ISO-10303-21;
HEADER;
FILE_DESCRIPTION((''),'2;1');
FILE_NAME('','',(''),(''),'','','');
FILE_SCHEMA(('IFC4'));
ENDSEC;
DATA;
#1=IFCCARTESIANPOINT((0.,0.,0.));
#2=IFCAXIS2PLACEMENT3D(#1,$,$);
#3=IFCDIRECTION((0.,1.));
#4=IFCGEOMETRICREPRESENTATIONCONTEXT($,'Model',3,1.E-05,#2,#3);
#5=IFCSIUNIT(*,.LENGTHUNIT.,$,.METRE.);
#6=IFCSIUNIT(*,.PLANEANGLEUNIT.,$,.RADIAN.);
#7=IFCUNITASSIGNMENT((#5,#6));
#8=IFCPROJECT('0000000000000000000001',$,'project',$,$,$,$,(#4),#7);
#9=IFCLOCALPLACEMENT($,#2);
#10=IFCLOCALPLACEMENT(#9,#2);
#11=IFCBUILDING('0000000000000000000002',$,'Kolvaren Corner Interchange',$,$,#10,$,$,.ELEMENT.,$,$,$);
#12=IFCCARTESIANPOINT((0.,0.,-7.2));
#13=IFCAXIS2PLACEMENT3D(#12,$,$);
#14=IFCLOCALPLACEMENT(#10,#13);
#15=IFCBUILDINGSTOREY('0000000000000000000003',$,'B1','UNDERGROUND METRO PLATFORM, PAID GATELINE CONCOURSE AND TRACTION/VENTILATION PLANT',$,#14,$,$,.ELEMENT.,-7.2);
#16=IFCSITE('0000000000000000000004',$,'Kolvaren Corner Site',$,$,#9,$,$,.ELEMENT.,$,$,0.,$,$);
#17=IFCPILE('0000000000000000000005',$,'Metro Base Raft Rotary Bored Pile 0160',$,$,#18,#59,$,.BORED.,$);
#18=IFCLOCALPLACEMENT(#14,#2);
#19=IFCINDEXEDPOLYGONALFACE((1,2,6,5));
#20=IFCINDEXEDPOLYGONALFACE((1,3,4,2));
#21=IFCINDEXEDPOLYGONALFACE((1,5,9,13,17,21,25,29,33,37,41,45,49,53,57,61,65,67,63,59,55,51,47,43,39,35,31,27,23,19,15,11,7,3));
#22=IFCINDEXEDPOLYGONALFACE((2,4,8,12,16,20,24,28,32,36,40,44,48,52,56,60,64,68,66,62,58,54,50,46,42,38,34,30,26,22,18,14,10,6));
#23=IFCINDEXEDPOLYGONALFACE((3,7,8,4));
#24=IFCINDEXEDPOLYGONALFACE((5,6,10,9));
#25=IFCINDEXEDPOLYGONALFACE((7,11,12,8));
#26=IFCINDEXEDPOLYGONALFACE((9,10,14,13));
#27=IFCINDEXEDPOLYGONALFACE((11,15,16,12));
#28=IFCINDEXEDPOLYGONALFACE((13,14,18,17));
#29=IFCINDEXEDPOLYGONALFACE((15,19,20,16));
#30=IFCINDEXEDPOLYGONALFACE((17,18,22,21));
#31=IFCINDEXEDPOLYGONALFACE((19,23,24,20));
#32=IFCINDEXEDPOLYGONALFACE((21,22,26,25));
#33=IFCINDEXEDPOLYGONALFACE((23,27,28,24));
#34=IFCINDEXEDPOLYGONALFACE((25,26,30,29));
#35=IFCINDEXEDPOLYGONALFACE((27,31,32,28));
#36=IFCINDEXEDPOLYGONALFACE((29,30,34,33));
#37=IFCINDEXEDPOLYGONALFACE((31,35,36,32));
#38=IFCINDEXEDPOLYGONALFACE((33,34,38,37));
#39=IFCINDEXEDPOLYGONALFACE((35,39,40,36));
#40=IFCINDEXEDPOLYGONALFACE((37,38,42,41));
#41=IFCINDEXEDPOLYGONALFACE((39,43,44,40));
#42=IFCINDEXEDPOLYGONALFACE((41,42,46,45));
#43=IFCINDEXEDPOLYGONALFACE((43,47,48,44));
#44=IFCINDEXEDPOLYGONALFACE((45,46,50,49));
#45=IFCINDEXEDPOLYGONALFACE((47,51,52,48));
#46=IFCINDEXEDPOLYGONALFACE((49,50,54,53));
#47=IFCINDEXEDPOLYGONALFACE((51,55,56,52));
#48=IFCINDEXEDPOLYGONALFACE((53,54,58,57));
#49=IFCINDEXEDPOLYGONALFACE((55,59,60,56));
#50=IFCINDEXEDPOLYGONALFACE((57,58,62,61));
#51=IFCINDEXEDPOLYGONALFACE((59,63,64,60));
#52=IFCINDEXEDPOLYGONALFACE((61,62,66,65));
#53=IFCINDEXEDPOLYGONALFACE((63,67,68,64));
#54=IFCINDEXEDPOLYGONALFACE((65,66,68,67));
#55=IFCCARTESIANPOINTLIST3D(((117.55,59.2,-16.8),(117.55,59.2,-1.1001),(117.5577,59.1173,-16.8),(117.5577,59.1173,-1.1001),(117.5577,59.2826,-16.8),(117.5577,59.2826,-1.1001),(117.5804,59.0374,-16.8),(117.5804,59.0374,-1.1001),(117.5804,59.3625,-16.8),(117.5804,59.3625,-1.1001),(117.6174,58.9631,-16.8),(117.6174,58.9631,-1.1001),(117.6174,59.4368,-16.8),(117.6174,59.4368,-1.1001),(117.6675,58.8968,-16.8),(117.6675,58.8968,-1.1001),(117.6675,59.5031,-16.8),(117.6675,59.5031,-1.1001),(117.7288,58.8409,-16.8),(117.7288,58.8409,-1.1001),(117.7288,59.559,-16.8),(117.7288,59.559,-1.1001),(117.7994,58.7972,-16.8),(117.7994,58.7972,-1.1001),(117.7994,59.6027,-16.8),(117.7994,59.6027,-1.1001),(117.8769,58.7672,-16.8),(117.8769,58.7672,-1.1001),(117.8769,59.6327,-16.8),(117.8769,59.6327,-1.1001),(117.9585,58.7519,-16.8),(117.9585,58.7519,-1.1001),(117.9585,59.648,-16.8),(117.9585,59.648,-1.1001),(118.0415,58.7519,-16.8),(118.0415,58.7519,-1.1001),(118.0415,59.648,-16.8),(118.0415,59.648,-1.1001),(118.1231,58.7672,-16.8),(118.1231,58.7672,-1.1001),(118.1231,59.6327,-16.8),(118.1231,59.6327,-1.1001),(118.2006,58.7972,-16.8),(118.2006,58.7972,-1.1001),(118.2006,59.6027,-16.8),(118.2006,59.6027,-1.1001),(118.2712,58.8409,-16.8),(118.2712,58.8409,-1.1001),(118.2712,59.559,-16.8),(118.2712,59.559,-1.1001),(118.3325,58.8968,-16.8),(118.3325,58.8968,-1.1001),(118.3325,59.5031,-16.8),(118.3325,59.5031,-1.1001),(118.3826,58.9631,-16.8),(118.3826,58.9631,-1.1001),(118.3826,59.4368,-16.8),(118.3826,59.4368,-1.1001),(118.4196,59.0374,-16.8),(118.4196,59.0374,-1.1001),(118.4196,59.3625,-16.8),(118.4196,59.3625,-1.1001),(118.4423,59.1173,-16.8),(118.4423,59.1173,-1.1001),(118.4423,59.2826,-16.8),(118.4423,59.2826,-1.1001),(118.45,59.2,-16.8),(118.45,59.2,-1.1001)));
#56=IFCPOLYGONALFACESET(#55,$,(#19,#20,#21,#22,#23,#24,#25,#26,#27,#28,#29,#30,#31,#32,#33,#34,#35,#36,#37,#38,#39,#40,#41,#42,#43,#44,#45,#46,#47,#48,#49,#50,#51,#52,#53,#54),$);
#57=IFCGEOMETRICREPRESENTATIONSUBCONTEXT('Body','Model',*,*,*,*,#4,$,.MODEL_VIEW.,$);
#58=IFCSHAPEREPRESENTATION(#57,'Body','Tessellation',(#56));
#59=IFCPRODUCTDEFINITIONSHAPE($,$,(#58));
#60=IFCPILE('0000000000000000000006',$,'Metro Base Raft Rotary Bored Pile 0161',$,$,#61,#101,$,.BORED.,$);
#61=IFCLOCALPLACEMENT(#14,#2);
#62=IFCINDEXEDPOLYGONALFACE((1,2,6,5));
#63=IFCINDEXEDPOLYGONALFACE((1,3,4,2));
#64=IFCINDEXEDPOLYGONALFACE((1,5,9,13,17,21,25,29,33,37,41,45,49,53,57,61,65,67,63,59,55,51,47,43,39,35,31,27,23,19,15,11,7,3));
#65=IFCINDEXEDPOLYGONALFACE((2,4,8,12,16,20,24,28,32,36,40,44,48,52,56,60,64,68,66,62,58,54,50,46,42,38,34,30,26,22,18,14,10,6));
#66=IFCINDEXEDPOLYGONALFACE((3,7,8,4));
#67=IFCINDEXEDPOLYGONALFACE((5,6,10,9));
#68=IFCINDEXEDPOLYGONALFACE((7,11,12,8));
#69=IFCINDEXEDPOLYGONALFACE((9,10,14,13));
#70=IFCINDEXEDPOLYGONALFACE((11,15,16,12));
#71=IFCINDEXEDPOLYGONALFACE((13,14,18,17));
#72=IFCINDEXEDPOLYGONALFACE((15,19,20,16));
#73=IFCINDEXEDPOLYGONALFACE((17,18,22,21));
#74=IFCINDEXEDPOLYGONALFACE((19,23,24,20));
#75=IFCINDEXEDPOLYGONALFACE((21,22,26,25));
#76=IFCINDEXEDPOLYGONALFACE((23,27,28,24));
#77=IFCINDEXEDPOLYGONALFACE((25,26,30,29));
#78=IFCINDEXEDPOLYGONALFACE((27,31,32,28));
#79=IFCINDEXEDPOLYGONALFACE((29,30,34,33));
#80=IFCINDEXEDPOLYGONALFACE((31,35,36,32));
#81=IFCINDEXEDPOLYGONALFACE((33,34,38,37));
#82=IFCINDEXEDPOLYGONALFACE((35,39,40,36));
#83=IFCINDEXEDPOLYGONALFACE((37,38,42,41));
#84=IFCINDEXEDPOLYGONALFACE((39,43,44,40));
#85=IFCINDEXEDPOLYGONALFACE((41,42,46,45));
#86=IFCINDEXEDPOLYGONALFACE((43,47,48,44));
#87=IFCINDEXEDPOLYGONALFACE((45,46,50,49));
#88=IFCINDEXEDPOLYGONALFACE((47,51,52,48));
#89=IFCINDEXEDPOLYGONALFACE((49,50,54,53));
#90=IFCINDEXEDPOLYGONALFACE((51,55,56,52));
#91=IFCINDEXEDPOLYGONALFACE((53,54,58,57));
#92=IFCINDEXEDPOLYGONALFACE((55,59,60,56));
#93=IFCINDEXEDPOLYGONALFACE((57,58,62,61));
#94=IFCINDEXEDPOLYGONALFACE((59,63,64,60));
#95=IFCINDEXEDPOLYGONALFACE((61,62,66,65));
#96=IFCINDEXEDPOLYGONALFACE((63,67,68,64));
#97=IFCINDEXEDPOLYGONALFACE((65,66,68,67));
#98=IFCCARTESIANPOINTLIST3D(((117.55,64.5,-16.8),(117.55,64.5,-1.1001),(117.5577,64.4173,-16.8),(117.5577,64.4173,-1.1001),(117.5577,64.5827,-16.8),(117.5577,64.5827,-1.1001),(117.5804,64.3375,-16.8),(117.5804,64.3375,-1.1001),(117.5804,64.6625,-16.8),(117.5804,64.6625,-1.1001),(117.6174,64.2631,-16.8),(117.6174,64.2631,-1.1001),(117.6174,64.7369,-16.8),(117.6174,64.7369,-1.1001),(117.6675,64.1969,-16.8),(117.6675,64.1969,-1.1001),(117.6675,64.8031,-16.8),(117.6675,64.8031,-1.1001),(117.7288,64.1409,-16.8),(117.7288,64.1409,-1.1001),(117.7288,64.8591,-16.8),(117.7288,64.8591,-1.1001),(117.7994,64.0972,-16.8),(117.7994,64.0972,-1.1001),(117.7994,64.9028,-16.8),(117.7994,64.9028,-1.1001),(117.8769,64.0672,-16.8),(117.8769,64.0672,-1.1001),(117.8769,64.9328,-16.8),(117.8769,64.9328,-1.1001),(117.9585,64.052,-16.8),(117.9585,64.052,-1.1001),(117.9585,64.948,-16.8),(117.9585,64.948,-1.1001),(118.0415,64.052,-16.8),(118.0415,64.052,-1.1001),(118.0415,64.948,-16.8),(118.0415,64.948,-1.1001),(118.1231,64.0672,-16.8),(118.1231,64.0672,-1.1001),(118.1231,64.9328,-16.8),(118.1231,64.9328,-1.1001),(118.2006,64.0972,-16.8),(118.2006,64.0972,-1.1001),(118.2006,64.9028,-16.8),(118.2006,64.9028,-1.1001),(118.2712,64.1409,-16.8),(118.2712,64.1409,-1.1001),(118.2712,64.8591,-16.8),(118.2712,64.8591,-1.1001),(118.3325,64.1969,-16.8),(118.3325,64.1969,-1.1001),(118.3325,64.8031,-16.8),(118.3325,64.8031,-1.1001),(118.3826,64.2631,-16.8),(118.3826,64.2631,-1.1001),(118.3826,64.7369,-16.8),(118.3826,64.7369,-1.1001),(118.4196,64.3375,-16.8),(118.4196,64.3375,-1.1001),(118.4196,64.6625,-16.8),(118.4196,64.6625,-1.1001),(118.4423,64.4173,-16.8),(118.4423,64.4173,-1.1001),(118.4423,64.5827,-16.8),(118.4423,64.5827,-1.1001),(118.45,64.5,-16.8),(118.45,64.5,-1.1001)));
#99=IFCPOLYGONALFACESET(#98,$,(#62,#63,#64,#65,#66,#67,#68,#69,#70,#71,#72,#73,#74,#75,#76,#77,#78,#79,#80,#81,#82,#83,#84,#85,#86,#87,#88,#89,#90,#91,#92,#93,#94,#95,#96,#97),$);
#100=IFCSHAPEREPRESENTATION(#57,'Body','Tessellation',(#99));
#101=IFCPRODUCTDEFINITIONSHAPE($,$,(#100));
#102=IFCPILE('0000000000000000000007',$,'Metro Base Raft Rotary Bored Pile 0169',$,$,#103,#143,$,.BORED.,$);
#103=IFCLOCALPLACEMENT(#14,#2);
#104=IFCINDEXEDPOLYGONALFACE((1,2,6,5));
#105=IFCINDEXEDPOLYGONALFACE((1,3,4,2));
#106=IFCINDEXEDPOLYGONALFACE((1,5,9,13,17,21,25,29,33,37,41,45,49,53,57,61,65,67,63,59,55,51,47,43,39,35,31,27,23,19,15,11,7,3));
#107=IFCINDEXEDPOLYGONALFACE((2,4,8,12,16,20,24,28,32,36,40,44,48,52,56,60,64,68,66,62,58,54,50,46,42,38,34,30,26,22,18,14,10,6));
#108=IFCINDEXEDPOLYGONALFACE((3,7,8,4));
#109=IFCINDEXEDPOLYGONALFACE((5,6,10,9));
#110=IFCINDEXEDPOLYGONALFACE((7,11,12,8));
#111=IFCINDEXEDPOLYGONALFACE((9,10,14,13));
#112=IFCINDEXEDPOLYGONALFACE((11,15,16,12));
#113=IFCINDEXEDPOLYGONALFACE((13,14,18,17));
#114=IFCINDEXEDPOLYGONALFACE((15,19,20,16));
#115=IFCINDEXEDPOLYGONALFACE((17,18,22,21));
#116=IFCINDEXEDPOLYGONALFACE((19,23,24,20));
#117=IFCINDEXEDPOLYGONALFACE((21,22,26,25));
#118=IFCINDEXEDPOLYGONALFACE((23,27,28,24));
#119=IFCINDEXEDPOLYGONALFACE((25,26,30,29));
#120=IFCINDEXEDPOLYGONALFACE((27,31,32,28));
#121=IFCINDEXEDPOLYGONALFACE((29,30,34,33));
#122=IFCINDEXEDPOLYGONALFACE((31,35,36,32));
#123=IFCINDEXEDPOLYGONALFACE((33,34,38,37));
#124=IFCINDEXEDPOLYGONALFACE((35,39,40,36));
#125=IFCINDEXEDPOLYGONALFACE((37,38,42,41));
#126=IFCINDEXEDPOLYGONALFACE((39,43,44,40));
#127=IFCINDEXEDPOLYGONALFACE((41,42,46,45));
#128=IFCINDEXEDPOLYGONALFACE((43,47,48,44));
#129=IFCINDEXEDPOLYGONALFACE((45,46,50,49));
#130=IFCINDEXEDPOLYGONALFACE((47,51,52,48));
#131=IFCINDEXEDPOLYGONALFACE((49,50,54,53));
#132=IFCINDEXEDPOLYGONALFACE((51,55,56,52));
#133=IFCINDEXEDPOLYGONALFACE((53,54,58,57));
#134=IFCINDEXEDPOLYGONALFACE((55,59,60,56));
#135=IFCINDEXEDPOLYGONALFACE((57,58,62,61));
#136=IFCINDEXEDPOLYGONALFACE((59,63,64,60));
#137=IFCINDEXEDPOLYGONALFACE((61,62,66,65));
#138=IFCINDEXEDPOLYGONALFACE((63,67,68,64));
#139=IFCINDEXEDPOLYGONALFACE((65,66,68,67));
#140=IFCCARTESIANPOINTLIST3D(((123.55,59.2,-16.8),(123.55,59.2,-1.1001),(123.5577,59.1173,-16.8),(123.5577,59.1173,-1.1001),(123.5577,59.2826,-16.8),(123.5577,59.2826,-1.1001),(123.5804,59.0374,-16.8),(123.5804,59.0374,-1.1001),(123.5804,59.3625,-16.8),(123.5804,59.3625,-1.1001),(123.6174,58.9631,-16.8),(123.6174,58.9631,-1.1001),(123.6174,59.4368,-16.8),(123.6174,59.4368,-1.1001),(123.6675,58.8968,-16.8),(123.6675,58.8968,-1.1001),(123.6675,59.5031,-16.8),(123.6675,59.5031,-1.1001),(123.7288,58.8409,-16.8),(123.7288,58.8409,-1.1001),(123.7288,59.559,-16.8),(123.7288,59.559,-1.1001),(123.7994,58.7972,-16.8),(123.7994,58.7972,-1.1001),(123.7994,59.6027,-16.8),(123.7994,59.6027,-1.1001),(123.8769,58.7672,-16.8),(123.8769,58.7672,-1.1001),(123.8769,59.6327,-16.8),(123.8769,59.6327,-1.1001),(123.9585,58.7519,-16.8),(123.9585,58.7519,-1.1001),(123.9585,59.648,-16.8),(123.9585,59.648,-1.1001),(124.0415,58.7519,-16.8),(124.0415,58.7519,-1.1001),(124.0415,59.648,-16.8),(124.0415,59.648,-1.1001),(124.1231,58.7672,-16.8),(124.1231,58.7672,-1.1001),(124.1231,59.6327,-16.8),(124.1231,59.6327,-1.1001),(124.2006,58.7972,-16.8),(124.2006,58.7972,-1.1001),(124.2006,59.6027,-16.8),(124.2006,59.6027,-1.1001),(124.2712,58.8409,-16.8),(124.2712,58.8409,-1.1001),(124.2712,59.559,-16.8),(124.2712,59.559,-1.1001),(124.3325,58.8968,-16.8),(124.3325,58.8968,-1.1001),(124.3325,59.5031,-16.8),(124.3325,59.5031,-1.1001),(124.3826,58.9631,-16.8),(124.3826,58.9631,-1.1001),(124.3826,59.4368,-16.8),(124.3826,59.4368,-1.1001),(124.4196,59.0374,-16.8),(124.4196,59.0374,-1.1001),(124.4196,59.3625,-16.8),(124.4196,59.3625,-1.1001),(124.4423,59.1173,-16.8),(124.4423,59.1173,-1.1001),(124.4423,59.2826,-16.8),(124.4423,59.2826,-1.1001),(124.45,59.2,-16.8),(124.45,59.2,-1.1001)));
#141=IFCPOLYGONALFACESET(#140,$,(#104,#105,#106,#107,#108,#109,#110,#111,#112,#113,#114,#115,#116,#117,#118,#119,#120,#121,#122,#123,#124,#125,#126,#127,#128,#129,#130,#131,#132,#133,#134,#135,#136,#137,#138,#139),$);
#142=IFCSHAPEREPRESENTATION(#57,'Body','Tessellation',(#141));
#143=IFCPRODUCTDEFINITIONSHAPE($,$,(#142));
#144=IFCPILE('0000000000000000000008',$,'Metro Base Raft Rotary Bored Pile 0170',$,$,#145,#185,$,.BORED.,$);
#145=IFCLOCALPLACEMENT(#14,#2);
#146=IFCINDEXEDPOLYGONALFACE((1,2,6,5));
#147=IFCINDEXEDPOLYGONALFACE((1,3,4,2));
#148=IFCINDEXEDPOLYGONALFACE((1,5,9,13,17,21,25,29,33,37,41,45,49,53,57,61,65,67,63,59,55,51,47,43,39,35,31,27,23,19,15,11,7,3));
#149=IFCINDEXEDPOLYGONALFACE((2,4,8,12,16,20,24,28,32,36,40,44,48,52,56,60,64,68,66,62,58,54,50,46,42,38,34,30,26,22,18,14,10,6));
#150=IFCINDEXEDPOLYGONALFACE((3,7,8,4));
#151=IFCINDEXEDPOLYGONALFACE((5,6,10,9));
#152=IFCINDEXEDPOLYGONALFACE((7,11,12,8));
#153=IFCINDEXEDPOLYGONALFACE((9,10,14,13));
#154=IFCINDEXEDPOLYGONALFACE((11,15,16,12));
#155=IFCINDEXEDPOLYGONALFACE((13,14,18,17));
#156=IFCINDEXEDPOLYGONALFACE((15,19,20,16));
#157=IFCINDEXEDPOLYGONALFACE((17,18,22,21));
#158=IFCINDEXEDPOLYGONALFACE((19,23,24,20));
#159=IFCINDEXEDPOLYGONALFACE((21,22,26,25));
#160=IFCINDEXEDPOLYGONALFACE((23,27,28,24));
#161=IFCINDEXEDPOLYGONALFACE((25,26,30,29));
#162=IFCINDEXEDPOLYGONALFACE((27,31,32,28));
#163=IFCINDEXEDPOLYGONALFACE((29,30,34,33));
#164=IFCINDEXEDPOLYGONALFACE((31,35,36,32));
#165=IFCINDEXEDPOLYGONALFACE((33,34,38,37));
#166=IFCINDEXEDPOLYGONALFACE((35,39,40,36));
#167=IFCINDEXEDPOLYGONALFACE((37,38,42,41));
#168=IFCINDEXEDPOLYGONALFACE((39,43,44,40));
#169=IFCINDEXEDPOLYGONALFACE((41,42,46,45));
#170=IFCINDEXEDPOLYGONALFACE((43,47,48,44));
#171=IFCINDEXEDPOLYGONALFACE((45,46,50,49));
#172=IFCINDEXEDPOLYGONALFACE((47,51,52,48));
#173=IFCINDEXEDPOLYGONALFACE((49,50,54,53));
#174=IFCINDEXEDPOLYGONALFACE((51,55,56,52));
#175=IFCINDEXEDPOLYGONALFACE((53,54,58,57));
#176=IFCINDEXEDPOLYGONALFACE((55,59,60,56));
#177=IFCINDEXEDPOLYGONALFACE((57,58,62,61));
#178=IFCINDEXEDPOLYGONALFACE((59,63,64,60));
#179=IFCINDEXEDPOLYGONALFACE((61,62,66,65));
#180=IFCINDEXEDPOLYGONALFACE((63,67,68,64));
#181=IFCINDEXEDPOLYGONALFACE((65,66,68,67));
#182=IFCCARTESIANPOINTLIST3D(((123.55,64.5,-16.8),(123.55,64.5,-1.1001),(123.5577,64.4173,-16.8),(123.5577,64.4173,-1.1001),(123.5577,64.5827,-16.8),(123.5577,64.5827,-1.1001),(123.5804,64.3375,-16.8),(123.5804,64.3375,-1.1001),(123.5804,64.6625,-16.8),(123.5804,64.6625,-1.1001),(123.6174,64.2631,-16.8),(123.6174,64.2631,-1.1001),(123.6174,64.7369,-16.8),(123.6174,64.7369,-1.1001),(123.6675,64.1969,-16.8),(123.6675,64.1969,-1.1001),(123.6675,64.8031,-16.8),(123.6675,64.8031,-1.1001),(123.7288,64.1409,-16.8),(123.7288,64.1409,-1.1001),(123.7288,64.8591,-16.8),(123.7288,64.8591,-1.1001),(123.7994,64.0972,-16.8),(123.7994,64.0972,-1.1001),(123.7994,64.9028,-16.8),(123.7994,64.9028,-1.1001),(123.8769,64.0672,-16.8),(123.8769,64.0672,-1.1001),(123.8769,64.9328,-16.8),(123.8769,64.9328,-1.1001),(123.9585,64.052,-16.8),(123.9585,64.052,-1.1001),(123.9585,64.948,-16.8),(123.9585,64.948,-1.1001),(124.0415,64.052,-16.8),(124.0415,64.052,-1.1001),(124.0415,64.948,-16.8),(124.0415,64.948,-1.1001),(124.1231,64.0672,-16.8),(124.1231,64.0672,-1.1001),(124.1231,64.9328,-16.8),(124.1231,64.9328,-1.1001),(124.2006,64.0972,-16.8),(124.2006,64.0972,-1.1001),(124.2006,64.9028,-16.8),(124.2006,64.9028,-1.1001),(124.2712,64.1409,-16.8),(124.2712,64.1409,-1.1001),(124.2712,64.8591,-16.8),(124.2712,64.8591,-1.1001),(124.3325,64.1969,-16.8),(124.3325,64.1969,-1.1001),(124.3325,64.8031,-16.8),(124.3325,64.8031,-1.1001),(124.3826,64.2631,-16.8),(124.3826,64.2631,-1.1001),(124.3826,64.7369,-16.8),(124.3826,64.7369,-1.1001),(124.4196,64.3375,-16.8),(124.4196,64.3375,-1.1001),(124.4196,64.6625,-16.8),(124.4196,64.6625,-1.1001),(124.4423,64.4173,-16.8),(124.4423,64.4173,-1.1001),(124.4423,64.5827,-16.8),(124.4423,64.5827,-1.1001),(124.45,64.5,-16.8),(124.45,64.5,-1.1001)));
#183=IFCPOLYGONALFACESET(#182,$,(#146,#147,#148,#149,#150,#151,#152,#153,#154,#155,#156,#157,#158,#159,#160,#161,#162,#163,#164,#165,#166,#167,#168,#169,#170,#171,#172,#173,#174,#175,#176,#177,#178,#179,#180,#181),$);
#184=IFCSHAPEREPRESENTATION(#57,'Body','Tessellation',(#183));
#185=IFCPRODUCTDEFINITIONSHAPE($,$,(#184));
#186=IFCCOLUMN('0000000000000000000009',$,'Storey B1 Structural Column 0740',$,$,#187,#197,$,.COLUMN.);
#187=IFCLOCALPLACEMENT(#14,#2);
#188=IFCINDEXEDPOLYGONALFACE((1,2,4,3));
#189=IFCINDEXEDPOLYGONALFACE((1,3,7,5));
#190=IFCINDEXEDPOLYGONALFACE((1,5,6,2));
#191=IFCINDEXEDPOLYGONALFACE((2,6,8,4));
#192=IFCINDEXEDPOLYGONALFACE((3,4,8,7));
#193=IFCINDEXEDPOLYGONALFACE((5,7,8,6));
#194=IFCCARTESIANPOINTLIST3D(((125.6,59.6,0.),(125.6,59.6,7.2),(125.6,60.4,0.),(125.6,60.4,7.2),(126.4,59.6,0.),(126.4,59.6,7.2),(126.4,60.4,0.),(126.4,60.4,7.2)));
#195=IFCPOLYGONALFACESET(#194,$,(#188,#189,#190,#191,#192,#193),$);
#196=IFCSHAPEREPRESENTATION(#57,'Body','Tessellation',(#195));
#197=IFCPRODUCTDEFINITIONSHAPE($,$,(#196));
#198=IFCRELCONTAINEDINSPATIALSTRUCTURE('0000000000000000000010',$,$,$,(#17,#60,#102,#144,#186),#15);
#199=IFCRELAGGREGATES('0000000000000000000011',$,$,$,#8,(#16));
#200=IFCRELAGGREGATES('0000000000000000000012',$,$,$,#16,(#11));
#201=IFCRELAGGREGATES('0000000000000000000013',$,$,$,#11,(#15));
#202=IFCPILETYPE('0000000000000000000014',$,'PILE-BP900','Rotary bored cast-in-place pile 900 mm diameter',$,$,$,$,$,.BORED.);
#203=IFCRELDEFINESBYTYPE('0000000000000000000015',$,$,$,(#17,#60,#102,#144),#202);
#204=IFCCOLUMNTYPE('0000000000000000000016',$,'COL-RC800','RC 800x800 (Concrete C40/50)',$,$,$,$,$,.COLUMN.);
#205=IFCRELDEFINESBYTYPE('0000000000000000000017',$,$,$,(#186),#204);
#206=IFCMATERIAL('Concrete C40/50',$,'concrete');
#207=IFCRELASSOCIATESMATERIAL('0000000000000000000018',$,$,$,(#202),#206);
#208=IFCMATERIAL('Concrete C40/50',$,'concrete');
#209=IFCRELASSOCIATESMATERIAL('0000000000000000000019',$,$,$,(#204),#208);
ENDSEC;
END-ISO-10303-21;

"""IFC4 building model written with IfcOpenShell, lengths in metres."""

from ifc_helpers import new_model, si_unit, direction, frame, origin, origin_2d, place, context, subcontext, project, spatial, rectangle, circle, extrude, material, material_profile, profile_set, type_object, element, save


model = new_model("IFC4")

# Units and contexts
model_context = context("Model", 3, precision=1e-05, world=origin(), true_north=direction((0.0, 1.0)))
body_context = subcontext(model_context, "Body", "Model", "MODEL_VIEW")
ifc_project = project(units=[si_unit("LENGTHUNIT", "METRE"), si_unit("PLANEANGLEUNIT", "RADIAN")], contexts=[model_context])

# Site, building, storey
site_placement = place(None, origin())
site = spatial("IfcSite", under=ifc_project, at=site_placement, Name="Kolvaren Corner Site", CompositionType="ELEMENT", RefElevation=0.0)
building_placement = place(site_placement, origin())
building = spatial("IfcBuilding", under=site, at=building_placement, Name="Kolvaren Corner Interchange", CompositionType="ELEMENT")
storey_placement = place(building_placement, frame((0.0, 0.0, -7.2)))
storey = spatial("IfcBuildingStorey", under=building, at=storey_placement, Name="B1", Description="UNDERGROUND METRO PLATFORM, PAID GATELINE CONCOURSE AND TRACTION/VENTILATION PLANT", CompositionType="ELEMENT", Elevation=-7.2)

# Piles
ifc_material_1 = material(Name="Concrete C40/50", Category="concrete")
ifc_material_profile_1 = material_profile(ifc_material_1, circle(Radius=0.45, at=origin_2d()), Name="BORED PILE 900")
ifc_profile_set_1 = profile_set([ifc_material_profile_1], Name="Concrete C40/50")
pile_type = type_object("IfcPileType", Name="PILE-BP900", Description="Rotary bored cast-in-place pile 900 mm diameter", PredefinedType="BORED", material=ifc_profile_set_1)
for number, where, z_axis, x_axis, name in (
    (1, (118.0, 59.2, -1.1001), (0.0, 0.0, -1.0), (1.0, 0.0, 0.0), "Metro Base Raft Rotary Bored Pile 0160"),
    (2, (118.0, 64.5, -1.1001), (0.0, 0.0, -1.0), (1.0, 0.0, 0.0), "Metro Base Raft Rotary Bored Pile 0161"),
    (3, (124.0, 59.2, -1.1001), (0.0, 0.0, -1.0), (1.0, 0.0, 0.0), "Metro Base Raft Rotary Bored Pile 0169"),
    (4, (124.0, 64.5, -1.1001), (0.0, 0.0, -1.0), (1.0, 0.0, 0.0), "Metro Base Raft Rotary Bored Pile 0170"),
):
    element("IfcPile", number, at=place(storey_placement, frame(where, z_axis=z_axis, x_axis=x_axis)), inside=storey, type_object=pile_type, Name=name, PredefinedType="BORED", context=body_context, shape_type="SweptSolid", body=[
        extrude(circle(Radius=0.45, at=origin_2d()), origin(), (0.0, 0.0, 1.0), 15.7),
    ])

# Column
ifc_material_2 = material(Name="Concrete C40/50", Category="concrete")
ifc_material_profile_2 = material_profile(ifc_material_2, rectangle(XDim=0.8, YDim=0.8, at=origin_2d()), Name="RC 800x800")
ifc_profile_set_2 = profile_set([ifc_material_profile_2], Name="Concrete C40/50")
column_type_1 = type_object("IfcColumnType", Name="COL-RC800", Description="RC 800x800 (Concrete C40/50)", PredefinedType="COLUMN", material=ifc_profile_set_2)
column_placement = place(storey_placement, frame((126.0, 60.0, 0.0), z_axis=(0.0, 0.0, 1.0), x_axis=(1.0, 0.0, 0.0)))
element("IfcColumn", 5, at=column_placement, inside=storey, type_object=column_type_1, Name="Storey B1 Structural Column 0740", PredefinedType="COLUMN", context=body_context, shape_type="SweptSolid", body=[
    extrude(rectangle(XDim=0.8, YDim=0.8, at=origin_2d()), origin(), (0.0, 0.0, 1.0), 7.2),
])

save(model, "model.ifc")
